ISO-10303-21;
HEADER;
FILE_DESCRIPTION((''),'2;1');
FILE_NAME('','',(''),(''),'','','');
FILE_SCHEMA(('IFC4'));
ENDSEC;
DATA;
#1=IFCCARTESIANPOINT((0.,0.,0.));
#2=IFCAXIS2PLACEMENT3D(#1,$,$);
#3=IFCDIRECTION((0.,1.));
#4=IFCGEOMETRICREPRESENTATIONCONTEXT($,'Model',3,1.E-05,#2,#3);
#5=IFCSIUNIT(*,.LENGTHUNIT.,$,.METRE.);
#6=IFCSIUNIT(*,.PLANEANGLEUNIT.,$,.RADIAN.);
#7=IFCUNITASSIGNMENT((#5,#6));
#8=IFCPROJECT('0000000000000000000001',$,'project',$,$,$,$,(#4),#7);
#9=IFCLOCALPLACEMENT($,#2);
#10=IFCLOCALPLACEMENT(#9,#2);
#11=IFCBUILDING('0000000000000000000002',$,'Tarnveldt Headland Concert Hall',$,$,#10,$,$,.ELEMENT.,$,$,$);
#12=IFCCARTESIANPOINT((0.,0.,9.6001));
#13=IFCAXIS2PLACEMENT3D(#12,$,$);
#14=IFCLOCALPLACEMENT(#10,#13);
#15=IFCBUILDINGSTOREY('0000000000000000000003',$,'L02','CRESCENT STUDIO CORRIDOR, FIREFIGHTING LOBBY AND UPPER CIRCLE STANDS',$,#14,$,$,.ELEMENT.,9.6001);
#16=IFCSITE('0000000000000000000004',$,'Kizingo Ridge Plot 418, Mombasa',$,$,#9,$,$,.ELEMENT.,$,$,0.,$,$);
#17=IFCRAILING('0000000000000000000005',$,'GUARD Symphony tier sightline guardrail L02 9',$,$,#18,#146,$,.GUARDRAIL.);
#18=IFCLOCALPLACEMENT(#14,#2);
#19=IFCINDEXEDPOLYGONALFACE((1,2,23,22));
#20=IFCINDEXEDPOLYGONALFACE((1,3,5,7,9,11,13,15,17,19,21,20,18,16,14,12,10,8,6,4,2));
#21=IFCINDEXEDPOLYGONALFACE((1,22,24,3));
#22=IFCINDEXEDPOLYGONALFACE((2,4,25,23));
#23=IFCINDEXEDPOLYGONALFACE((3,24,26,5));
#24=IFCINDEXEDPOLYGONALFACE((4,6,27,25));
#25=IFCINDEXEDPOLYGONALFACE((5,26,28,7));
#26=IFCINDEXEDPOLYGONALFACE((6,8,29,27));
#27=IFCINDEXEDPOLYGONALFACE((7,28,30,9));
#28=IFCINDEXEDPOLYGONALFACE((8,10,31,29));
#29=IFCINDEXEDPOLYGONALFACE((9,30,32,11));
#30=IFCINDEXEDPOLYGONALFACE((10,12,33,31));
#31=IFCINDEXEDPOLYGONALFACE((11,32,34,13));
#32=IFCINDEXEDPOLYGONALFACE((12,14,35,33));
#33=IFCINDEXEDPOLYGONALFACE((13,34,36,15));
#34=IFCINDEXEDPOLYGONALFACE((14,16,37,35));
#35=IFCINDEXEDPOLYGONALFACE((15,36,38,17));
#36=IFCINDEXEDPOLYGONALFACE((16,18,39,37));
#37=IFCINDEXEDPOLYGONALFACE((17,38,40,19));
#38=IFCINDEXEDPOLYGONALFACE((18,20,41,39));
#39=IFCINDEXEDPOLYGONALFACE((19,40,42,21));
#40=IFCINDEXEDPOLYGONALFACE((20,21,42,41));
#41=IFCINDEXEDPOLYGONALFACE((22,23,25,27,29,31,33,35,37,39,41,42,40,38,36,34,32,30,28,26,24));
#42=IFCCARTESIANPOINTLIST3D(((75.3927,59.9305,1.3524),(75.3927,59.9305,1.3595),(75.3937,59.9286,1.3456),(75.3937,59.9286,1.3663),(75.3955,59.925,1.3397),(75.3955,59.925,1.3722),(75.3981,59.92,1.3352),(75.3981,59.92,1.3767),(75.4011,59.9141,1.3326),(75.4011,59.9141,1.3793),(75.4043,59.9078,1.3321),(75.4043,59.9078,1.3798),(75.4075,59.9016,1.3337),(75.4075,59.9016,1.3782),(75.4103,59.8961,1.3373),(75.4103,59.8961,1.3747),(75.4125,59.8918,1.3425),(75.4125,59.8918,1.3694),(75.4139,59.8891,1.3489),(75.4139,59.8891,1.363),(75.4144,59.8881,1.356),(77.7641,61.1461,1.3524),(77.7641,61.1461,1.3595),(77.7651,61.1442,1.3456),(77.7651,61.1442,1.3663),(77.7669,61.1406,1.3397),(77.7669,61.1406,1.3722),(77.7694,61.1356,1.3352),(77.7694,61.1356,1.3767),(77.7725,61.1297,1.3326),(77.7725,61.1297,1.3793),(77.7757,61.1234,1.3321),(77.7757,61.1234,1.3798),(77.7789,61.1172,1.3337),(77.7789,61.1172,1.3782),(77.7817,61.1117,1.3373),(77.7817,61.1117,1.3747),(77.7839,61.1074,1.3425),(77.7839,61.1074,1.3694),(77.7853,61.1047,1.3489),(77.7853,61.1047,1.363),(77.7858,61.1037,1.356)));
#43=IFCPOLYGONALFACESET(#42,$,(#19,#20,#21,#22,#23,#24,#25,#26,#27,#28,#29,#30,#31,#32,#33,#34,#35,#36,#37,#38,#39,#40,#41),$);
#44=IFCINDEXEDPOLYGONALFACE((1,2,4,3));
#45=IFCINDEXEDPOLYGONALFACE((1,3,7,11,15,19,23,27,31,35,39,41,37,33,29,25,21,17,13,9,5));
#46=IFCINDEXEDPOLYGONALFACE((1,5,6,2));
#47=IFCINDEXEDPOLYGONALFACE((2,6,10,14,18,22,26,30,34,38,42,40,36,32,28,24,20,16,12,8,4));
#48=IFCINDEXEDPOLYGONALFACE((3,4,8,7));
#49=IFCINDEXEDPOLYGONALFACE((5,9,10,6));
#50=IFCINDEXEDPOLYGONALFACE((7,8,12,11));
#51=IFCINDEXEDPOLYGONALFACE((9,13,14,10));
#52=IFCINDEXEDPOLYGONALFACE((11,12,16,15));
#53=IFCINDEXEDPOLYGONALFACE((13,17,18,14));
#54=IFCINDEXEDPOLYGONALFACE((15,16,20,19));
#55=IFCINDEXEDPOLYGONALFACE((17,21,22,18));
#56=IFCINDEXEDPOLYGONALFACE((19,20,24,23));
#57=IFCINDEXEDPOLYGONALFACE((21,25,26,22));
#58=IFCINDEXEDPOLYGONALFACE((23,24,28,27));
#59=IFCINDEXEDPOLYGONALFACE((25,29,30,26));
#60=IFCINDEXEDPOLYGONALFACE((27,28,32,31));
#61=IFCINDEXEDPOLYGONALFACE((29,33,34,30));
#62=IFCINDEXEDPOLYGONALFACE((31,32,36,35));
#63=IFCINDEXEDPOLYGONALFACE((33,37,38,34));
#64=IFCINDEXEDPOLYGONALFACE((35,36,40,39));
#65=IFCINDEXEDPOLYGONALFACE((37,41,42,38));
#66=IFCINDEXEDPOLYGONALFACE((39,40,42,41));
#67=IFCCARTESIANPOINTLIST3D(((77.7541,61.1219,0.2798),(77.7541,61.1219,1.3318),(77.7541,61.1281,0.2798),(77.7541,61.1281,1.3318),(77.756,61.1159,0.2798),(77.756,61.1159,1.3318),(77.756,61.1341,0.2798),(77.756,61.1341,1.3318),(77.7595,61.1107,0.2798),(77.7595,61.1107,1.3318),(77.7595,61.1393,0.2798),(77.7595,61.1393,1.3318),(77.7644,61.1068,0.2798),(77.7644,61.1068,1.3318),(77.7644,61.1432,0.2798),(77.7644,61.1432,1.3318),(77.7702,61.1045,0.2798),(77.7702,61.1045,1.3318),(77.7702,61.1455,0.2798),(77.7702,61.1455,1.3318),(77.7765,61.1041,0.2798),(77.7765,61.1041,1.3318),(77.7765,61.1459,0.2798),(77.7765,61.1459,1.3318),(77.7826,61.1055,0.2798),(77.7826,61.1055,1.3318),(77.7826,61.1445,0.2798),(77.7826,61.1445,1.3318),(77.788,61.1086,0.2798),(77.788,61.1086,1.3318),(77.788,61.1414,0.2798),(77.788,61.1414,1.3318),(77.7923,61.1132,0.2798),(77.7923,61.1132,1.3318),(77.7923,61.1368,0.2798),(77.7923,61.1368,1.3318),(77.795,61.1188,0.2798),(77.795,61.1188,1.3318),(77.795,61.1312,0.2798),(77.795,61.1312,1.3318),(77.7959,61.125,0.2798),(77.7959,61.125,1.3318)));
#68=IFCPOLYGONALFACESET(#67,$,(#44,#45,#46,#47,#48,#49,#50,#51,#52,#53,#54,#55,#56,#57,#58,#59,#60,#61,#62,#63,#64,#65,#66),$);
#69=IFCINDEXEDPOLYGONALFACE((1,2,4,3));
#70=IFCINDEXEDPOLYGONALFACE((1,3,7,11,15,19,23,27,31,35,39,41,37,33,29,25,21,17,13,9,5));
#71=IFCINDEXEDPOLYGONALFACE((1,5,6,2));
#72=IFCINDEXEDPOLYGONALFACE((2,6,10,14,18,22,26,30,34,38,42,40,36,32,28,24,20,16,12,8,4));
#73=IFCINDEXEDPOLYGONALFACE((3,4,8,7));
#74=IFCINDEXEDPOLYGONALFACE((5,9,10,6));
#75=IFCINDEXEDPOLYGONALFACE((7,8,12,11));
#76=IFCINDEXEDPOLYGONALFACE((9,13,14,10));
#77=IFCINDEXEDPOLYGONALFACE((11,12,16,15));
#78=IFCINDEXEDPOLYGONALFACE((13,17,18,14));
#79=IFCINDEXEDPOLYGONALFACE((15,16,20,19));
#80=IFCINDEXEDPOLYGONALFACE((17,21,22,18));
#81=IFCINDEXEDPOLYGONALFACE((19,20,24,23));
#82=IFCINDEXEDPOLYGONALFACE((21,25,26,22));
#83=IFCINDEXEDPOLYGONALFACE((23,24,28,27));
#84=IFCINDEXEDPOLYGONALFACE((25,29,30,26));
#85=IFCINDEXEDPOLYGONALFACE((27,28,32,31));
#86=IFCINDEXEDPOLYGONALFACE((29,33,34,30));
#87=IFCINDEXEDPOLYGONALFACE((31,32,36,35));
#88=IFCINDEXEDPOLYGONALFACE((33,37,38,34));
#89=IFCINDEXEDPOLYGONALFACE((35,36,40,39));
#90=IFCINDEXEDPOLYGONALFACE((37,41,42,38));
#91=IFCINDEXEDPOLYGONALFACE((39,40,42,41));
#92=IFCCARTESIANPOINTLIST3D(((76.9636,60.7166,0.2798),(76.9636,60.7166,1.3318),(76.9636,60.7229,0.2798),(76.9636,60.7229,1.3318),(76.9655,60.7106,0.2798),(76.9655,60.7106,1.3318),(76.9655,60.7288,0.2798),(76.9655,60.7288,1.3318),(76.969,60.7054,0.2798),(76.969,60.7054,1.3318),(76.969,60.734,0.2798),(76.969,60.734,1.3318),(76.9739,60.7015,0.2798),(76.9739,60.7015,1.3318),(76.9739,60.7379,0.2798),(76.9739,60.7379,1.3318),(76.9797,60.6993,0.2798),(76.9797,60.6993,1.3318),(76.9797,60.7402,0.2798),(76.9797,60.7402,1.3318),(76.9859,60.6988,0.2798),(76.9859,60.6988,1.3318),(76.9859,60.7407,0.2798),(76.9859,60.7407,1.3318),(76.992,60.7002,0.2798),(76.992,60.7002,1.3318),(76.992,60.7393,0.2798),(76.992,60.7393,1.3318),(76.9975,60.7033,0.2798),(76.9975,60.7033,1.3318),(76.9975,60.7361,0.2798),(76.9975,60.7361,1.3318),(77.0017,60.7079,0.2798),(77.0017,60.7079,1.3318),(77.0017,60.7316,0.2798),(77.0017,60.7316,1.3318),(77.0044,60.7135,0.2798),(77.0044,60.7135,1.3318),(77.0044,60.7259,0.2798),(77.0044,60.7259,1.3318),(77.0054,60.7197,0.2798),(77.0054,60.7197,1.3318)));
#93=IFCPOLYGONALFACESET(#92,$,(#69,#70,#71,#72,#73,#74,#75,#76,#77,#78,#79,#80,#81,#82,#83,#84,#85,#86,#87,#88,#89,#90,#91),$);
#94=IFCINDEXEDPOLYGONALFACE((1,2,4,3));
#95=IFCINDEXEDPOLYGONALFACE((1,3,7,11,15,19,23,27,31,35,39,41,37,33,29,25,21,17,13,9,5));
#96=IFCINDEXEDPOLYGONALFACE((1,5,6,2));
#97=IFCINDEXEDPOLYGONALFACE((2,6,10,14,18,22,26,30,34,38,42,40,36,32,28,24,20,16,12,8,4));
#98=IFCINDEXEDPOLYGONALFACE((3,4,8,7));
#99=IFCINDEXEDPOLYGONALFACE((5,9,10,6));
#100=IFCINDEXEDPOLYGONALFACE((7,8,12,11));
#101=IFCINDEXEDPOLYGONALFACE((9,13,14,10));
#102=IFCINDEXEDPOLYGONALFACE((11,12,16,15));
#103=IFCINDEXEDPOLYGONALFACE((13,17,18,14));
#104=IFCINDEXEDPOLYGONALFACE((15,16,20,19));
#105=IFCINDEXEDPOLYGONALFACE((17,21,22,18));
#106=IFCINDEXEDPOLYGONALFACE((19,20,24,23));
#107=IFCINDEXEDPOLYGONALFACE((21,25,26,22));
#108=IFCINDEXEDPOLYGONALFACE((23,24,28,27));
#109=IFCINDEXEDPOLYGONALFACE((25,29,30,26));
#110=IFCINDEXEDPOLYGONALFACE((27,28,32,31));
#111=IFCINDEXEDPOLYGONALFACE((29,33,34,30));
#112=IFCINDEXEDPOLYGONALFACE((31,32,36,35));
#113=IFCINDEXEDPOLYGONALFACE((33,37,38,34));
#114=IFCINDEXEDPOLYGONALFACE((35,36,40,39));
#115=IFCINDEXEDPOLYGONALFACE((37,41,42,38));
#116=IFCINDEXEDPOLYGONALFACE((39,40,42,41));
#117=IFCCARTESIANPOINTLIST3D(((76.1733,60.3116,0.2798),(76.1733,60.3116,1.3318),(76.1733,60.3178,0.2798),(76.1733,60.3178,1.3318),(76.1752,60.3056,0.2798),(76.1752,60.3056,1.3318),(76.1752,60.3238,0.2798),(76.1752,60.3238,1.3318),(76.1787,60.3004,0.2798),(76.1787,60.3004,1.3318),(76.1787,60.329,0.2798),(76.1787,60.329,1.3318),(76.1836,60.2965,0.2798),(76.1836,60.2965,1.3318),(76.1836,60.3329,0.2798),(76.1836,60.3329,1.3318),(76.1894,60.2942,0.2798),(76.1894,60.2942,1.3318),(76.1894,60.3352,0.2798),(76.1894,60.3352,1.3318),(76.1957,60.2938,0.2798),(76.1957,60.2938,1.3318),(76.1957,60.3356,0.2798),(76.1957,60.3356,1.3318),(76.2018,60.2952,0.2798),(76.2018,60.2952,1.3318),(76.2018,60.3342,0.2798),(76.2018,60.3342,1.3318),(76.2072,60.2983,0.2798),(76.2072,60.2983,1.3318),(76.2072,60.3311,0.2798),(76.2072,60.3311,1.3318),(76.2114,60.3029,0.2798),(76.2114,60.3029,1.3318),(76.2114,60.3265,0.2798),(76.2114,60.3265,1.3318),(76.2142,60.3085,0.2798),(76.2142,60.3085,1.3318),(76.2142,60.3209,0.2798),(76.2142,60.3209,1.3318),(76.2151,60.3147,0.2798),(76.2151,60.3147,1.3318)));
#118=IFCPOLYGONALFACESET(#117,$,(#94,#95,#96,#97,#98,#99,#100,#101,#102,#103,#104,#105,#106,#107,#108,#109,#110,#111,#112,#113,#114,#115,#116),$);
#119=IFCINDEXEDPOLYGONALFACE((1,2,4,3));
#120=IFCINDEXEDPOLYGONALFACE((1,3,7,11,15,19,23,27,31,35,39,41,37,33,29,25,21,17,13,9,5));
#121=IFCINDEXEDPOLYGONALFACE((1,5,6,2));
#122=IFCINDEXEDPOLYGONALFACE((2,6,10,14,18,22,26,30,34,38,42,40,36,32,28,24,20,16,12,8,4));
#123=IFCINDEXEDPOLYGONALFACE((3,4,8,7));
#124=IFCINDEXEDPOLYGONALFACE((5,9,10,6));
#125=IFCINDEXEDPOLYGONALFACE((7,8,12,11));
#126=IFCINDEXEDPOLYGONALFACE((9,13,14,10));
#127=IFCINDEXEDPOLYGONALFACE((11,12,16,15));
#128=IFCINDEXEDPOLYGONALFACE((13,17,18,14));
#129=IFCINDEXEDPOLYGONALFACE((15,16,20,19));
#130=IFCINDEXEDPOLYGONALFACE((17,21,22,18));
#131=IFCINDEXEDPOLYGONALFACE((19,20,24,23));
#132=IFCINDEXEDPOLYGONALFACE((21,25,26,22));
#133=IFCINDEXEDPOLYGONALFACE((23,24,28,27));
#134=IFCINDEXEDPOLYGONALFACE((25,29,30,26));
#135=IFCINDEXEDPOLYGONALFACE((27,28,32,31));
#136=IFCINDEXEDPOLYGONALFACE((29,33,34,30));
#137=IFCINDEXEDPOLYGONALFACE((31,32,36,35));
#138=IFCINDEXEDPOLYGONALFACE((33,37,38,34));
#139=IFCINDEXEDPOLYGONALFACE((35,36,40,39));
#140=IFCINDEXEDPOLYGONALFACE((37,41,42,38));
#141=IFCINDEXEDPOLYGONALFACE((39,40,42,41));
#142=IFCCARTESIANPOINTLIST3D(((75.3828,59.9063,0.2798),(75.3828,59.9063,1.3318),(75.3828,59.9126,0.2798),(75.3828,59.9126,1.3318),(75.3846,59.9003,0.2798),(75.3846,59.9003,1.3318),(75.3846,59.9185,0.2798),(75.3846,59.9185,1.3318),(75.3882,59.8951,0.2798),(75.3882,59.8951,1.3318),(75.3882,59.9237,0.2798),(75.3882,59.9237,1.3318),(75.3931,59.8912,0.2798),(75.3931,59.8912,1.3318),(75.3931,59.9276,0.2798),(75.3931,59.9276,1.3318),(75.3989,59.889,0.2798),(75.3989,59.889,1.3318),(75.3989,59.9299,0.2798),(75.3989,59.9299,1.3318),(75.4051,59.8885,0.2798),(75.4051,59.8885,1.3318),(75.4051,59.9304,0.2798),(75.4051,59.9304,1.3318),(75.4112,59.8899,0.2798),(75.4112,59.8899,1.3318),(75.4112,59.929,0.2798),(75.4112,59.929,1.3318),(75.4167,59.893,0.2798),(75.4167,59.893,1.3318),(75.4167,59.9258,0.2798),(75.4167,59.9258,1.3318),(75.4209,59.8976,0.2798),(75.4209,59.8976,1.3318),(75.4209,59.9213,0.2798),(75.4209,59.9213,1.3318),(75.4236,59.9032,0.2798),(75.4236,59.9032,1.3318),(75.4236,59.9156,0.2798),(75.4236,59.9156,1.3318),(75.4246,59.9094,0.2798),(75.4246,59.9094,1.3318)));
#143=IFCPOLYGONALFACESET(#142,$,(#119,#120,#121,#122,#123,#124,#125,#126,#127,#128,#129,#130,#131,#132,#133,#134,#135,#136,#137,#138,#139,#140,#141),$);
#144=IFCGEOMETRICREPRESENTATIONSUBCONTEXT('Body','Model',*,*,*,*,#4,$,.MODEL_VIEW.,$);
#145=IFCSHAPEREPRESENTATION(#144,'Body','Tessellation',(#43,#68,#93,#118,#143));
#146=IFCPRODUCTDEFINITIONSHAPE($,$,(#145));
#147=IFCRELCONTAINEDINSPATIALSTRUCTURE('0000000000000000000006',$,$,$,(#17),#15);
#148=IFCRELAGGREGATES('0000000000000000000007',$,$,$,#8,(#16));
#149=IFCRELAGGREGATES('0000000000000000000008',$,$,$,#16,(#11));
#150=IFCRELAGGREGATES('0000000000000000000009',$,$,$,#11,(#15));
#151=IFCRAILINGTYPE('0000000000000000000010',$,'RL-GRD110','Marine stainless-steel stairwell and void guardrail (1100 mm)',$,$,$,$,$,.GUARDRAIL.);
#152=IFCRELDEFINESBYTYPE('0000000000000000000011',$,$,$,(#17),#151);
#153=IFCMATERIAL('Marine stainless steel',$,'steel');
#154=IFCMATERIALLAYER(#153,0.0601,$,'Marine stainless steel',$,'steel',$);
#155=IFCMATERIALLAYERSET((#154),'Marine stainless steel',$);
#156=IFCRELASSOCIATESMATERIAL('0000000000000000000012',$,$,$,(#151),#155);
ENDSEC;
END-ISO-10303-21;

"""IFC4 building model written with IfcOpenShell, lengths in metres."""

from ifc_helpers import new_model, si_unit, direction, frame, origin, origin_2d, place, context, subcontext, project, spatial, circle, extrude, material, layer, layer_set, type_object, element, save


model = new_model("IFC4")

# Units and contexts
model_context = context("Model", 3, precision=1e-05, world=origin(), true_north=direction((0.0, 1.0)))
body_context = subcontext(model_context, "Body", "Model", "MODEL_VIEW")
ifc_project = project(units=[si_unit("LENGTHUNIT", "METRE"), si_unit("PLANEANGLEUNIT", "RADIAN")], contexts=[model_context])

# Site, building, storey
site_placement = place(None, origin())
site = spatial("IfcSite", under=ifc_project, at=site_placement, Name="Kizingo Ridge Plot 418, Mombasa", CompositionType="ELEMENT", RefElevation=0.0)
building_placement = place(site_placement, origin())
building = spatial("IfcBuilding", under=site, at=building_placement, Name="Tarnveldt Headland Concert Hall", CompositionType="ELEMENT")
storey_placement = place(building_placement, frame((0.0, 0.0, 9.6001)))
storey = spatial("IfcBuildingStorey", under=building, at=storey_placement, Name="L02", Description="CRESCENT STUDIO CORRIDOR, FIREFIGHTING LOBBY AND UPPER CIRCLE STANDS", CompositionType="ELEMENT", Elevation=9.6001)

# Railing
ifc_material_1 = material(Name="Marine stainless steel", Category="steel")
ifc_layer = layer(ifc_material_1, 0.0601, Name="Marine stainless steel", Category="steel")
ifc_layer_set = layer_set([ifc_layer], Name="Marine stainless steel")
railing_type = type_object("IfcRailingType", Name="RL-GRD110", Description="Marine stainless-steel stairwell and void guardrail (1100 mm)", PredefinedType="GUARDRAIL", material=ifc_layer_set)
railing_1_placement = place(storey_placement, frame((77.7749, 61.125, 0.2798)))
element("IfcRailing", 1, at=railing_1_placement, inside=storey, type_object=railing_type, Name="GUARD Symphony tier sightline guardrail L02 9", PredefinedType="GUARDRAIL", context=body_context, shape_type="SweptSolid", body=[
    extrude(circle(Radius=0.0239, at=origin_2d()), frame((0.0, 0.0, 1.0762), z_axis=(-0.889893, -0.45617, 0.0), x_axis=(0.45617, -0.889893, 0.0)), (0.0, 0.0, 1.0), 2.6648),
    extrude(circle(Radius=0.021, at=origin_2d()), origin(), (0.0, 0.0, 1.0), 1.052),
    extrude(circle(Radius=0.021, at=origin_2d()), frame((-0.7905, -0.4053, 0.0)), (0.0, 0.0, 1.0), 1.052),
    extrude(circle(Radius=0.021, at=origin_2d()), frame((-1.5808, -0.8103, 0.0)), (0.0, 0.0, 1.0), 1.052),
    extrude(circle(Radius=0.021, at=origin_2d()), frame((-2.3713, -1.2156, 0.0)), (0.0, 0.0, 1.0), 1.052),
])

save(model, "model.ifc")
